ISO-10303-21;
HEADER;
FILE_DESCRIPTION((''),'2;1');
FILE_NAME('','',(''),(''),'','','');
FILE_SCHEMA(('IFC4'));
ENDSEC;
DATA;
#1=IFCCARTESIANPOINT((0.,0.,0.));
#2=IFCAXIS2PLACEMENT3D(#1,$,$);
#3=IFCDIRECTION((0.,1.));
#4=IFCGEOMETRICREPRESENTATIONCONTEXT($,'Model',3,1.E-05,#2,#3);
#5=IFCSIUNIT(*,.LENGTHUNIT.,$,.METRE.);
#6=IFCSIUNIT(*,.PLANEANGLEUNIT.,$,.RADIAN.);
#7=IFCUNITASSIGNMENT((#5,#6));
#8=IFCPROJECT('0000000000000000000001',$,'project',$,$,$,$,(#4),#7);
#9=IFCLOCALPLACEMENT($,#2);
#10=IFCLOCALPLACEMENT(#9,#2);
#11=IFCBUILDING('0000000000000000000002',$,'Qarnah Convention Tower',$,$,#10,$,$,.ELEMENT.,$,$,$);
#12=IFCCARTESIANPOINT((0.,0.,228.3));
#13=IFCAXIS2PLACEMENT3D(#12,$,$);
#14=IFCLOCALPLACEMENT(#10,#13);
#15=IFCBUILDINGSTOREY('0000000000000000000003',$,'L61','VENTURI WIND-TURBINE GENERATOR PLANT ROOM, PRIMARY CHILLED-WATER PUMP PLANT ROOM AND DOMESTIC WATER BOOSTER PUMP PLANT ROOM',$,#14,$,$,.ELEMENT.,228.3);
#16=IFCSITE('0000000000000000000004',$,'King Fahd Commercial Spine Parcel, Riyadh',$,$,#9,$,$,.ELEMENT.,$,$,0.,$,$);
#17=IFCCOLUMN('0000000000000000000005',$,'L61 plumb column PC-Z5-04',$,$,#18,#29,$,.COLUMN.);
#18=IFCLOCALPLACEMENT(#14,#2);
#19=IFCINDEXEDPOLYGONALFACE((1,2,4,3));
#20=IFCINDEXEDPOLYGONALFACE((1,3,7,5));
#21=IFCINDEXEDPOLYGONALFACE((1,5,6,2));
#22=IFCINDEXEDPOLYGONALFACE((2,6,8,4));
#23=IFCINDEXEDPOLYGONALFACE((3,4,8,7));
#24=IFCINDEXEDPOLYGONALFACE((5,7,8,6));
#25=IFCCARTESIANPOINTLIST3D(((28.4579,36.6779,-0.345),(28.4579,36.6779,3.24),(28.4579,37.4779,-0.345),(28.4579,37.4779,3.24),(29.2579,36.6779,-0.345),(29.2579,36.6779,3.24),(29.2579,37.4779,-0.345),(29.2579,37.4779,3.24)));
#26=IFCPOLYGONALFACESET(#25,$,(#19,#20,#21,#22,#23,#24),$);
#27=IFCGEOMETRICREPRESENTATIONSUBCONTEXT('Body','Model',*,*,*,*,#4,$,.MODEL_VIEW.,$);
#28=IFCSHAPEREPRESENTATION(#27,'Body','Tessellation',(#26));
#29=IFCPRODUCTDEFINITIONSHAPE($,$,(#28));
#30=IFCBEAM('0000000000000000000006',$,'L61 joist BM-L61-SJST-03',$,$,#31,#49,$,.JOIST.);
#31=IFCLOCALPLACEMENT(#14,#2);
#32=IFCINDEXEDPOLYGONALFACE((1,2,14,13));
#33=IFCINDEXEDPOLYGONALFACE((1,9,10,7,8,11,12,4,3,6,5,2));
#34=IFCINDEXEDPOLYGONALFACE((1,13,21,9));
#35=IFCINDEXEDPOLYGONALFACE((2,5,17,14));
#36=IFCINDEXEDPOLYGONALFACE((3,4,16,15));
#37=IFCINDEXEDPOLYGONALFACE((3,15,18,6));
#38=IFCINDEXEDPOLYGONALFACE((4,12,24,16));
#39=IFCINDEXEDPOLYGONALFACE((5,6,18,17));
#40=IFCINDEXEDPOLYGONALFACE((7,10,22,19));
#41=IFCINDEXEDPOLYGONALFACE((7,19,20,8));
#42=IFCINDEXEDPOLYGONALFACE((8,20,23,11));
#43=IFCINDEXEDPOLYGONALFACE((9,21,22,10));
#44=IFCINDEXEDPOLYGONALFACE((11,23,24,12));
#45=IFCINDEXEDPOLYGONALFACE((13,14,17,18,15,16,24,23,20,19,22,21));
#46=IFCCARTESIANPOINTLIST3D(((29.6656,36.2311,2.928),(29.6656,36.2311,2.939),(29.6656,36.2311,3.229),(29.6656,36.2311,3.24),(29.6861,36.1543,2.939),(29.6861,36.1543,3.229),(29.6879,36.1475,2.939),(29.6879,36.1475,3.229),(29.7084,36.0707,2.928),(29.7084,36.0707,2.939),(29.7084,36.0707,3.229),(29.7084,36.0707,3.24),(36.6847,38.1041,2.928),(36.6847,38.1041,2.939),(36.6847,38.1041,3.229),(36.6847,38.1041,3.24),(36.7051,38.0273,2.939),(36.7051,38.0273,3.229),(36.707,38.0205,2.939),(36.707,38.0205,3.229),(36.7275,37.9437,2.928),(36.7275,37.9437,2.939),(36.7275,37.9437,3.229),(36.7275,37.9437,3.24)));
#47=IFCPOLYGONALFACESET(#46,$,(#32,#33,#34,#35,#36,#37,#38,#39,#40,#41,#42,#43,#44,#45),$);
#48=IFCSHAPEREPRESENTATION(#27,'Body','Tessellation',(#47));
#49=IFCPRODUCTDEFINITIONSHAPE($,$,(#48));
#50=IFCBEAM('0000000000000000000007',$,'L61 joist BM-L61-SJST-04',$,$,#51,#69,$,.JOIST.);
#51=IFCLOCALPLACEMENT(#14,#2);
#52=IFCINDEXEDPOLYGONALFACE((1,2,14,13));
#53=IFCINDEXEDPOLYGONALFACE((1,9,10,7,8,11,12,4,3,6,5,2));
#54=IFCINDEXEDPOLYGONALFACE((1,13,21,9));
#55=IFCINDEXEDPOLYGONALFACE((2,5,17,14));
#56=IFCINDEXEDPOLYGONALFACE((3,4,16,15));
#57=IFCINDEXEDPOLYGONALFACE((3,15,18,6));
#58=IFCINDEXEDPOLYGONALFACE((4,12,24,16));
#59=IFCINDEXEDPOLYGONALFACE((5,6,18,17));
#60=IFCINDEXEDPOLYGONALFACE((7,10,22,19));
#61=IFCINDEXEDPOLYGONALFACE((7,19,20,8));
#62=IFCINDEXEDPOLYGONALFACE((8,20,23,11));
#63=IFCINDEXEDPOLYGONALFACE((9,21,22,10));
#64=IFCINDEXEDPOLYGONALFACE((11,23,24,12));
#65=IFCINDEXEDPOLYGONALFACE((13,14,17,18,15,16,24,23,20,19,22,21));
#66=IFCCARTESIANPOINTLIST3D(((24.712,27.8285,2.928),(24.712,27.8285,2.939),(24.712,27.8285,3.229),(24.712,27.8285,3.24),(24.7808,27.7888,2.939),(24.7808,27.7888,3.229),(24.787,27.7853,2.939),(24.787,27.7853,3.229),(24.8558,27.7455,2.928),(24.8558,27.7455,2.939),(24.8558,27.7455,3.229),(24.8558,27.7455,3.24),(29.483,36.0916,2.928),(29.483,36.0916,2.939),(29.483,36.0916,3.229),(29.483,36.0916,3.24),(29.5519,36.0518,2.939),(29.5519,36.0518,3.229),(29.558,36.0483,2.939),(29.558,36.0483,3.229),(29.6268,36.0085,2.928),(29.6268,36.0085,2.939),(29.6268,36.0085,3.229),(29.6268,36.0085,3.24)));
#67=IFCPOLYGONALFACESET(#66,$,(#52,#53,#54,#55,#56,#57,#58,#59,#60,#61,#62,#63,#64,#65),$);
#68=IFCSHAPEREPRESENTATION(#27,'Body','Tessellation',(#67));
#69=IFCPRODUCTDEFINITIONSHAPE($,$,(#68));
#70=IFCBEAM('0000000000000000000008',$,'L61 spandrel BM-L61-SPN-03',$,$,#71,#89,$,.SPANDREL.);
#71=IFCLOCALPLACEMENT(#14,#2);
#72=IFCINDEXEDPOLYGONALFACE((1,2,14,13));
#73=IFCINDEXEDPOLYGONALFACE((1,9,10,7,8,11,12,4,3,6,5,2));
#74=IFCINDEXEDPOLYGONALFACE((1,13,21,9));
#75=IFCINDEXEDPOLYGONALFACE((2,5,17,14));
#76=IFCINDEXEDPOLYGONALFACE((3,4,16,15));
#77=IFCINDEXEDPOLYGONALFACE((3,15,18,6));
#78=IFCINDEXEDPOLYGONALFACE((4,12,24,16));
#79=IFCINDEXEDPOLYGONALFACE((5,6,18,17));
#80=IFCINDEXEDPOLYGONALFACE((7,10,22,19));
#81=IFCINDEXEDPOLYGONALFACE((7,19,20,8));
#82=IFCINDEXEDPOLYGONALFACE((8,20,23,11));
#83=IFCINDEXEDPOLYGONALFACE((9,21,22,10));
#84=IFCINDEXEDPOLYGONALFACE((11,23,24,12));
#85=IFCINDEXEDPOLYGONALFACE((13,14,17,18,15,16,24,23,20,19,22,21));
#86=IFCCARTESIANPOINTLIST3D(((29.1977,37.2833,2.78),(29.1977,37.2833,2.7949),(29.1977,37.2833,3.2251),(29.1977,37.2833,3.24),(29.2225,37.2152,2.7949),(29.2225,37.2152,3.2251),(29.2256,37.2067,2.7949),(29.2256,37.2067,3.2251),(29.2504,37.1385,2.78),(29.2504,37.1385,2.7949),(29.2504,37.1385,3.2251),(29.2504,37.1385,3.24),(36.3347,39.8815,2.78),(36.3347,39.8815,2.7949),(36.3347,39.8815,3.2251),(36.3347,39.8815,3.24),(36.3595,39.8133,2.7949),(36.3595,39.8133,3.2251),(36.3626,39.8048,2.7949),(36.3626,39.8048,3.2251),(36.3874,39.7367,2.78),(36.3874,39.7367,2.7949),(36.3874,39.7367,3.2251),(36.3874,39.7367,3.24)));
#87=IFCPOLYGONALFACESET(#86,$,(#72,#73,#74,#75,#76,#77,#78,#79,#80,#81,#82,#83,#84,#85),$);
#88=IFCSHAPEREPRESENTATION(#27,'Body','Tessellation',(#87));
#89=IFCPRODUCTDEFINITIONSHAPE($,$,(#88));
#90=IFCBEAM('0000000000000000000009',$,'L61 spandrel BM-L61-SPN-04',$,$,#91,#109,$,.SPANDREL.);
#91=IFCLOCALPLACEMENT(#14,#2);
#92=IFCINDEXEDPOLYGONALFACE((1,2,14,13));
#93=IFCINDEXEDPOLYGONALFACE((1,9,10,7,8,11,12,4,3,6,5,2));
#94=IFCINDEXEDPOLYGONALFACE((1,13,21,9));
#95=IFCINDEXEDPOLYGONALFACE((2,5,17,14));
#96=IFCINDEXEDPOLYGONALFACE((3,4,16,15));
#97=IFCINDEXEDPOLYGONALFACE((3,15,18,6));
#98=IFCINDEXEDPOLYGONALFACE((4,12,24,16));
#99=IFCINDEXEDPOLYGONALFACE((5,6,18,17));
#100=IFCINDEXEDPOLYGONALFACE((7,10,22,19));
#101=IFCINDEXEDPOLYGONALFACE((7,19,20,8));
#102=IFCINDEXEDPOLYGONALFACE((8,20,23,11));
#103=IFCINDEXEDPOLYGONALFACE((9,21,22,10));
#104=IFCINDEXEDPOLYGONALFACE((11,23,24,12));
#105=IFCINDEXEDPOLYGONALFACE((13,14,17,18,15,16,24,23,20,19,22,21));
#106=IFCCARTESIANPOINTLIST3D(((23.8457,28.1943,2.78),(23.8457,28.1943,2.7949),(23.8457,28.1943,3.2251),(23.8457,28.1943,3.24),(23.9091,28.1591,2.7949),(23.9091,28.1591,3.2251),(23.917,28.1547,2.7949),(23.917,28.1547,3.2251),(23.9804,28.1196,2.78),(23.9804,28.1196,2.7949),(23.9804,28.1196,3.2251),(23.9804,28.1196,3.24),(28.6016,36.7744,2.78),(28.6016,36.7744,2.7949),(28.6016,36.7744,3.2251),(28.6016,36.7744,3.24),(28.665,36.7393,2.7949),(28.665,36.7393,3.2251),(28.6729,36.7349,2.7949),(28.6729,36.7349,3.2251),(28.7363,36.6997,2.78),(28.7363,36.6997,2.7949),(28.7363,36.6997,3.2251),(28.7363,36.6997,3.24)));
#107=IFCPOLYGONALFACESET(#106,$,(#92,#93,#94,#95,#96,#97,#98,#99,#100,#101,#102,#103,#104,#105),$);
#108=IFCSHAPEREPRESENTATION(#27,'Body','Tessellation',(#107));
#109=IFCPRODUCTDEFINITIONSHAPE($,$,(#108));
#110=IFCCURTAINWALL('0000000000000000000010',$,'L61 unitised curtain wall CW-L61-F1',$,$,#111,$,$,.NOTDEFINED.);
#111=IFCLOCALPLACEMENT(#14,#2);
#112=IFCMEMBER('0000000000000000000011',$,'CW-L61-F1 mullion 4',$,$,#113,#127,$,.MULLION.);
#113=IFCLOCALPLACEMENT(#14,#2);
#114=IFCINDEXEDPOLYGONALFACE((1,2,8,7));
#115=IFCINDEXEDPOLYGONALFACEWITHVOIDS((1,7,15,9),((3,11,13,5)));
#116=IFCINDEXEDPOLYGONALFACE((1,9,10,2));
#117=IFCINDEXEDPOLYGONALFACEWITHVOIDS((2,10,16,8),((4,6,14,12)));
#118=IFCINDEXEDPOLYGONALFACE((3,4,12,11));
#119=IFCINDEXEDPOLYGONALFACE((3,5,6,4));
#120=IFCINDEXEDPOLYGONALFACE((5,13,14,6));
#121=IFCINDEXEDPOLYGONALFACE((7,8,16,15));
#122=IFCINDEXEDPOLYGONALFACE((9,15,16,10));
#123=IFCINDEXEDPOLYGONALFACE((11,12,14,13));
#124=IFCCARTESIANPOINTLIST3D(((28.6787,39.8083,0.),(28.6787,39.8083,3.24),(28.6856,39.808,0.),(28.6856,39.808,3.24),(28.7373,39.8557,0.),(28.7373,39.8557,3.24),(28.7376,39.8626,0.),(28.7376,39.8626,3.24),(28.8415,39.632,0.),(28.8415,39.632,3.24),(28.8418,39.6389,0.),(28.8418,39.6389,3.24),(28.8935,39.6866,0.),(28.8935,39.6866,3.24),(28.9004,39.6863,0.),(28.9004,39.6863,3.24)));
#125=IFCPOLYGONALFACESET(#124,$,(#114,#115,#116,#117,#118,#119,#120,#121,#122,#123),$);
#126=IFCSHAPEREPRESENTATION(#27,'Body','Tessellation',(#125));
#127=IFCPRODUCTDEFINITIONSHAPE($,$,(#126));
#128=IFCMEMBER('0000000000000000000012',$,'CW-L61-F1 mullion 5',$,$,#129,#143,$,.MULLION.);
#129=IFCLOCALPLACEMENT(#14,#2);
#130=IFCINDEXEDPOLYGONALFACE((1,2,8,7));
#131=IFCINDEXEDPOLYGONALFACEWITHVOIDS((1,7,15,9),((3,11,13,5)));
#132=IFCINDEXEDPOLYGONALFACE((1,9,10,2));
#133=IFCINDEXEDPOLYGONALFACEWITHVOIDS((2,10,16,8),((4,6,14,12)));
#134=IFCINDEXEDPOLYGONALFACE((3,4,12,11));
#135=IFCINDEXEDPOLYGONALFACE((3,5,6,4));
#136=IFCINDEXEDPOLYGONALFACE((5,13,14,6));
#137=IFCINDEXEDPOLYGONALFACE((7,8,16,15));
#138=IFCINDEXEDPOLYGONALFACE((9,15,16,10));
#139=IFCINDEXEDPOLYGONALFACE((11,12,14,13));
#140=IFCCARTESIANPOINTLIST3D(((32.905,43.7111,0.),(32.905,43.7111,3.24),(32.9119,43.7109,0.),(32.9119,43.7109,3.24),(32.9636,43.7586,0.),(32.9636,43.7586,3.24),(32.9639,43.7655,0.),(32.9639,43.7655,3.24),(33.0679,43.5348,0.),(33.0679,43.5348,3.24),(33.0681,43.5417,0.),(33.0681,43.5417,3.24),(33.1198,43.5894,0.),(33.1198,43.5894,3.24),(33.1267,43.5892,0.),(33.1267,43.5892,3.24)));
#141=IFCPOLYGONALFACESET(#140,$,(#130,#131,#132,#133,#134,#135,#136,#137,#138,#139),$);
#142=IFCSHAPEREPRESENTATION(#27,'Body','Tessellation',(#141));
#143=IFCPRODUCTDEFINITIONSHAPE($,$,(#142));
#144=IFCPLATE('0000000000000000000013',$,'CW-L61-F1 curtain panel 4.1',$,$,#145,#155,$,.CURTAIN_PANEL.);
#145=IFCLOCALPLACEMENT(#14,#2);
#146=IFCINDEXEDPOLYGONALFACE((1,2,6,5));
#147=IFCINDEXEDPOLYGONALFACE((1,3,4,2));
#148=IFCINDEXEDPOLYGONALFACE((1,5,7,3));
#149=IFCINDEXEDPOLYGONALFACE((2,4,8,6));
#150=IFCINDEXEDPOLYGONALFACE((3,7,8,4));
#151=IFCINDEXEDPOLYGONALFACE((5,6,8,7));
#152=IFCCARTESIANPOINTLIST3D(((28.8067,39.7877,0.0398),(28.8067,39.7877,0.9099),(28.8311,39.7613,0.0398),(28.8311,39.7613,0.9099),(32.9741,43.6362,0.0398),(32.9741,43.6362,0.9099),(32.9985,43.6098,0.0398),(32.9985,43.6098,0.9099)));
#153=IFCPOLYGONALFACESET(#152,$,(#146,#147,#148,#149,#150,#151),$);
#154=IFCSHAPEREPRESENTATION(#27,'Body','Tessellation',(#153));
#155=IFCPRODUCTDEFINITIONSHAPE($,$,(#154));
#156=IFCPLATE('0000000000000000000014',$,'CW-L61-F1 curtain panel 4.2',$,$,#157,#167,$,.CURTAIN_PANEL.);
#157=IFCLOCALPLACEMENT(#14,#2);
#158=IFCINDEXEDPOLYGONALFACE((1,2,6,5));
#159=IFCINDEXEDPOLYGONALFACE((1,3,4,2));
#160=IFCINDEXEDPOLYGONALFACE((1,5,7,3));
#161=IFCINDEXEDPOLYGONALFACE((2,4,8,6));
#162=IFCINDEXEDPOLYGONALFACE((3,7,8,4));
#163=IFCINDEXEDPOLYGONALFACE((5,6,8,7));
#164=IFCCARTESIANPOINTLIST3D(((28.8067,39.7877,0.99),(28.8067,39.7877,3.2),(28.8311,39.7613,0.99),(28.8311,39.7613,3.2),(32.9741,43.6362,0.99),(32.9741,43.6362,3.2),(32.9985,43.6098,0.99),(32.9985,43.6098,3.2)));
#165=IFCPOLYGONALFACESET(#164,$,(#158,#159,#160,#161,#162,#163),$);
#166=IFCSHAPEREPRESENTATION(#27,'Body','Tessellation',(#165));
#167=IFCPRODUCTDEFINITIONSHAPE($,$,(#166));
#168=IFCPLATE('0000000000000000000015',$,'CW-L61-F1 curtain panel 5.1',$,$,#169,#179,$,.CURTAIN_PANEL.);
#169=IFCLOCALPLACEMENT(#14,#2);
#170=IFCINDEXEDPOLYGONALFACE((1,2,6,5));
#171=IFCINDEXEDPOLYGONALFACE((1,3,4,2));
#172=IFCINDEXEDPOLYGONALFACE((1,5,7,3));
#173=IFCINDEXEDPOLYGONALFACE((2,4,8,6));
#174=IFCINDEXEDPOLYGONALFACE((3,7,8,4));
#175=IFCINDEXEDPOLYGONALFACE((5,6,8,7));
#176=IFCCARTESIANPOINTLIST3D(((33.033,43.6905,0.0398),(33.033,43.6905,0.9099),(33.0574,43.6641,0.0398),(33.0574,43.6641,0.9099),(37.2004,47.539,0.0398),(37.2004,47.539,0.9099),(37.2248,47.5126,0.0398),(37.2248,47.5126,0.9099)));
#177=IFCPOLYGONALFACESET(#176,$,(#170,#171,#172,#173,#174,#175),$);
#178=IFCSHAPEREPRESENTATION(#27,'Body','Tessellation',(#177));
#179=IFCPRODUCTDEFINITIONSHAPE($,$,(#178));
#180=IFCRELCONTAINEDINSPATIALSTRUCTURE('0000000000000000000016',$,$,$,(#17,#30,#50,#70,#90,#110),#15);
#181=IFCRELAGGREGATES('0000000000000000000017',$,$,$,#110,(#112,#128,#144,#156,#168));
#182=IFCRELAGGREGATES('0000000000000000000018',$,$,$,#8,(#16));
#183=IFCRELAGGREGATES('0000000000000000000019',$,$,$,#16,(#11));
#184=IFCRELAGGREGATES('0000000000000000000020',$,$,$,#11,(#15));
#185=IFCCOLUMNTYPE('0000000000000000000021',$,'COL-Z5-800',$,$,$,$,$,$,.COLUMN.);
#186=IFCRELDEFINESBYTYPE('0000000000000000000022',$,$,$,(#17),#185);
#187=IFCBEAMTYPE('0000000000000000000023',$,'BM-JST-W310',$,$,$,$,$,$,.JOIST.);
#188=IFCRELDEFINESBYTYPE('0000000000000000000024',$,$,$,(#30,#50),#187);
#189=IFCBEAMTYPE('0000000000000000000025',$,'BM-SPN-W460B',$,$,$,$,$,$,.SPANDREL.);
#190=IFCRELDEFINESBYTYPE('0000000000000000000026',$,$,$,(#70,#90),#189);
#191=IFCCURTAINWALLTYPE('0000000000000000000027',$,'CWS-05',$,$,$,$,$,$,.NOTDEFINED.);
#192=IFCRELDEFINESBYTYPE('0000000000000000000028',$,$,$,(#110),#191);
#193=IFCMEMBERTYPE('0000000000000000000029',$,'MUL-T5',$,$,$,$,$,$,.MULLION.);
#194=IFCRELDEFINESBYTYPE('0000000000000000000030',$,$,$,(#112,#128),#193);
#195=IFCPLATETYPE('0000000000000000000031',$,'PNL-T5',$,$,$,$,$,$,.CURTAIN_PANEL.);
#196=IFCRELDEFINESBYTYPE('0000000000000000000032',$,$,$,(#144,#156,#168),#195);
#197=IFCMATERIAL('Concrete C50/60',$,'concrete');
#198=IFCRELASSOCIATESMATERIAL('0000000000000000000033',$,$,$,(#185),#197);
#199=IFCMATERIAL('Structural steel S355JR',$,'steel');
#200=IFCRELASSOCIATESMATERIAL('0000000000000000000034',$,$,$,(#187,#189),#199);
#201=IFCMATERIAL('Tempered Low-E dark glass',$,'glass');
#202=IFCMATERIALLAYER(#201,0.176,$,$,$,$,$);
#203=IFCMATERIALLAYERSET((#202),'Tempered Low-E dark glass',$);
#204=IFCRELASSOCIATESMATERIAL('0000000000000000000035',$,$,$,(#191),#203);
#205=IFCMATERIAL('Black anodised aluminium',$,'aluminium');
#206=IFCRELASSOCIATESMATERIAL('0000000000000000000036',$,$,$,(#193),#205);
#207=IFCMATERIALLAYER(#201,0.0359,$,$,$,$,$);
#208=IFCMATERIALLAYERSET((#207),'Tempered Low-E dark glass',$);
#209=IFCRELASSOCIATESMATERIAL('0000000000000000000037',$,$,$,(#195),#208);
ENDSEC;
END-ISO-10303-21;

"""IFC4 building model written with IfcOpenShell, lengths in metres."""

from ifc_helpers import new_model, si_unit, direction, frame, origin, origin_2d, place, context, subcontext, project, spatial, rectangle, hollow_rectangle, i_section, extrude, material, layer, layer_set, material_profile, profile_set, type_object, element, aggregate, save


model = new_model("IFC4")

# Units and contexts
model_context = context("Model", 3, precision=1e-05, world=origin(), true_north=direction((0.0, 1.0)))
body_context = subcontext(model_context, "Body", "Model", "MODEL_VIEW")
ifc_project = project(units=[si_unit("LENGTHUNIT", "METRE"), si_unit("PLANEANGLEUNIT", "RADIAN")], contexts=[model_context])

# Site, building, storey
site_placement = place(None, origin())
site = spatial("IfcSite", under=ifc_project, at=site_placement, Name="King Fahd Commercial Spine Parcel, Riyadh", CompositionType="ELEMENT", RefElevation=0.0)
building_placement = place(site_placement, origin())
building = spatial("IfcBuilding", under=site, at=building_placement, Name="Qarnah Convention Tower", CompositionType="ELEMENT")
storey_placement = place(building_placement, frame((0.0, 0.0, 228.3)))
storey = spatial("IfcBuildingStorey", under=building, at=storey_placement, Name="L61", Description="VENTURI WIND-TURBINE GENERATOR PLANT ROOM, PRIMARY CHILLED-WATER PUMP PLANT ROOM AND DOMESTIC WATER BOOSTER PUMP PLANT ROOM", CompositionType="ELEMENT", Elevation=228.3)

# Column
ifc_material_1 = material(Name="Concrete C50/60", Category="concrete")
ifc_material_profile_1 = material_profile(ifc_material_1, rectangle(XDim=0.8, YDim=0.8, at=origin_2d()), Name="RC-COL-800X800")
ifc_profile_set_1 = profile_set([ifc_material_profile_1], Name="Concrete C50/60")
column_type = type_object("IfcColumnType", Name="COL-Z5-800", PredefinedType="COLUMN", material=ifc_profile_set_1)
column_placement = place(storey_placement, frame((28.8579, 37.0779, -0.345), z_axis=(0.0, 0.0, 1.0), x_axis=(1.0, 0.0, 0.0)))
element("IfcColumn", 1, at=column_placement, inside=storey, type_object=column_type, Name="L61 plumb column PC-Z5-04", PredefinedType="COLUMN", context=body_context, shape_type="SweptSolid", body=[
    extrude(rectangle(XDim=0.8, YDim=0.8, at=origin_2d()), origin(), (0.0, 0.0, 1.0), 3.585),
])

# Beams
ifc_material_2 = material(Name="Structural steel S355JR", Category="steel")
ifc_material_profile_2 = material_profile(ifc_material_2, i_section(OverallWidth=0.166, OverallDepth=0.312, WebThickness=0.0071, FlangeThickness=0.011, at=origin_2d()), Name="W310X45")
ifc_profile_set_2 = profile_set([ifc_material_profile_2], Name="Structural steel S355JR")
beam_type_1 = type_object("IfcBeamType", Name="BM-JST-W310", PredefinedType="JOIST", material=ifc_profile_set_2)
beam_1_placement = place(storey_placement, frame((36.7061, 38.0239, 3.084), z_axis=(-0.96619, -0.25783, 0.0), x_axis=(0.25783, -0.96619, 0.0)))
element("IfcBeam", 2, at=beam_1_placement, inside=storey, type_object=beam_type_1, Name="L61 joist BM-L61-SJST-03", PredefinedType="JOIST", context=body_context, shape_type="SweptSolid", body=[
    extrude(i_section(OverallWidth=0.166, OverallDepth=0.312, WebThickness=0.0071, FlangeThickness=0.011, at=origin_2d()), origin(), (0.0, 0.0, 1.0), 7.2646),
])
beam_2_placement = place(storey_placement, frame((29.5549, 36.05, 3.084), z_axis=(-0.50003, -0.866008, 0.0), x_axis=(0.866008, -0.50003, 0.0)))
element("IfcBeam", 3, at=beam_2_placement, inside=storey, type_object=beam_type_1, Name="L61 joist BM-L61-SJST-04", PredefinedType="JOIST", context=body_context, shape_type="SweptSolid", body=[
    extrude(i_section(OverallWidth=0.166, OverallDepth=0.312, WebThickness=0.0071, FlangeThickness=0.011, at=origin_2d()), origin(), (0.0, 0.0, 1.0), 9.5415),
])
ifc_material_profile_3 = material_profile(ifc_material_2, i_section(OverallWidth=0.1541, OverallDepth=0.46, WebThickness=0.009, FlangeThickness=0.0149, at=origin_2d()), Name="W460X68")
ifc_profile_set_3 = profile_set([ifc_material_profile_3], Name="Structural steel S355JR")
beam_type_2 = type_object("IfcBeamType", Name="BM-SPN-W460B", PredefinedType="SPANDREL", material=ifc_profile_set_3)
beam_3_placement = place(storey_placement, frame((36.3611, 39.8091, 3.01), z_axis=(-0.939671, -0.342079, 0.0), x_axis=(0.342079, -0.939671, 0.0)))
element("IfcBeam", 4, at=beam_3_placement, inside=storey, type_object=beam_type_2, Name="L61 spandrel BM-L61-SPN-03", PredefinedType="SPANDREL", context=body_context, shape_type="SweptSolid", body=[
    extrude(i_section(OverallWidth=0.1541, OverallDepth=0.46, WebThickness=0.009, FlangeThickness=0.0149, at=origin_2d()), origin(), (0.0, 0.0, 1.0), 7.5952),
])
beam_4_placement = place(storey_placement, frame((28.6689, 36.7371, 3.01), z_axis=(-0.484797, -0.874626, 0.0), x_axis=(0.874626, -0.484797, 0.0)))
element("IfcBeam", 5, at=beam_4_placement, inside=storey, type_object=beam_type_2, Name="L61 spandrel BM-L61-SPN-04", PredefinedType="SPANDREL", context=body_context, shape_type="SweptSolid", body=[
    extrude(i_section(OverallWidth=0.1541, OverallDepth=0.46, WebThickness=0.009, FlangeThickness=0.0149, at=origin_2d()), origin(), (0.0, 0.0, 1.0), 9.8101),
])

# Curtain wall, members, plates
ifc_material_3 = material(Name="Tempered Low-E dark glass", Category="glass")
ifc_layer_1 = layer(ifc_material_3, 0.176)
ifc_layer_set_1 = layer_set([ifc_layer_1], Name="Tempered Low-E dark glass")
curtain_wall_type = type_object("IfcCurtainWallType", Name="CWS-05", PredefinedType="NOTDEFINED", material=ifc_layer_set_1)
curtain_wall_placement = place(storey_placement, origin())
curtain_wall = element("IfcCurtainWall", 6, at=curtain_wall_placement, inside=storey, type_object=curtain_wall_type, Name="L61 unitised curtain wall CW-L61-F1", PredefinedType="NOTDEFINED")
ifc_material_4 = material(Name="Black anodised aluminium", Category="aluminium")
ifc_material_profile_4 = material_profile(ifc_material_4, hollow_rectangle(XDim=0.0801, YDim=0.24, WallThickness=0.0049, at=origin_2d()), Name="MUL-80X240")
ifc_profile_set_4 = profile_set([ifc_material_profile_4], Name="Black anodised aluminium")
member_type = type_object("IfcMemberType", Name="MUL-T5", PredefinedType="MULLION", material=ifc_profile_set_4)
member_1_placement = place(storey_placement, frame((28.7896, 39.7473, 0.0), z_axis=(0.0, 0.0, 1.0), x_axis=(0.734657, 0.678439, 0.0)))
member_1 = element("IfcMember", 7, at=member_1_placement, type_object=member_type, Name="CW-L61-F1 mullion 4", PredefinedType="MULLION", context=body_context, shape_type="SweptSolid", body=[
    extrude(hollow_rectangle(XDim=0.0801, YDim=0.24, WallThickness=0.0049, at=origin_2d()), origin(), (0.0, 0.0, 1.0), 3.24),
])
member_2_placement = place(storey_placement, frame((33.0159, 43.6501, 0.0), z_axis=(0.0, 0.0, 1.0), x_axis=(0.734657, 0.678439, 0.0)))
member_2 = element("IfcMember", 8, at=member_2_placement, type_object=member_type, Name="CW-L61-F1 mullion 5", PredefinedType="MULLION", context=body_context, shape_type="SweptSolid", body=[
    extrude(hollow_rectangle(XDim=0.0801, YDim=0.24, WallThickness=0.0049, at=origin_2d()), origin(), (0.0, 0.0, 1.0), 3.24),
])
ifc_layer_2 = layer(ifc_material_3, 0.0359)
ifc_layer_set_2 = layer_set([ifc_layer_2], Name="Tempered Low-E dark glass")
plate_type = type_object("IfcPlateType", Name="PNL-T5", PredefinedType="CURTAIN_PANEL", material=ifc_layer_set_2)
plate_1_placement = place(storey_placement, frame((30.9026, 41.6987, 0.0398), z_axis=(0.0, 0.0, 1.0), x_axis=(0.734657, 0.678439, 0.0)))
plate_1 = element("IfcPlate", 9, at=plate_1_placement, type_object=plate_type, Name="CW-L61-F1 curtain panel 4.1", PredefinedType="CURTAIN_PANEL", context=body_context, shape_type="SweptSolid", body=[
    extrude(rectangle(XDim=5.6726, YDim=0.0359, at=origin_2d()), origin(), (0.0, 0.0, 1.0), 0.8701),
])
plate_2_placement = place(storey_placement, frame((30.9026, 41.6987, 0.99), z_axis=(0.0, 0.0, 1.0), x_axis=(0.734657, 0.678439, 0.0)))
plate_2 = element("IfcPlate", 10, at=plate_2_placement, type_object=plate_type, Name="CW-L61-F1 curtain panel 4.2", PredefinedType="CURTAIN_PANEL", context=body_context, shape_type="SweptSolid", body=[
    extrude(rectangle(XDim=5.6726, YDim=0.0359, at=origin_2d()), origin(), (0.0, 0.0, 1.0), 2.21),
])
plate_3_placement = place(storey_placement, frame((35.1289, 45.6016, 0.0398), z_axis=(0.0, 0.0, 1.0), x_axis=(0.734657, 0.678439, 0.0)))
plate_3 = element("IfcPlate", 11, at=plate_3_placement, type_object=plate_type, Name="CW-L61-F1 curtain panel 5.1", PredefinedType="CURTAIN_PANEL", context=body_context, shape_type="SweptSolid", body=[
    extrude(rectangle(XDim=5.6726, YDim=0.0359, at=origin_2d()), origin(), (0.0, 0.0, 1.0), 0.8701),
])
aggregate(curtain_wall, [member_1, member_2, plate_1, plate_2, plate_3])

save(model, "model.ifc")
